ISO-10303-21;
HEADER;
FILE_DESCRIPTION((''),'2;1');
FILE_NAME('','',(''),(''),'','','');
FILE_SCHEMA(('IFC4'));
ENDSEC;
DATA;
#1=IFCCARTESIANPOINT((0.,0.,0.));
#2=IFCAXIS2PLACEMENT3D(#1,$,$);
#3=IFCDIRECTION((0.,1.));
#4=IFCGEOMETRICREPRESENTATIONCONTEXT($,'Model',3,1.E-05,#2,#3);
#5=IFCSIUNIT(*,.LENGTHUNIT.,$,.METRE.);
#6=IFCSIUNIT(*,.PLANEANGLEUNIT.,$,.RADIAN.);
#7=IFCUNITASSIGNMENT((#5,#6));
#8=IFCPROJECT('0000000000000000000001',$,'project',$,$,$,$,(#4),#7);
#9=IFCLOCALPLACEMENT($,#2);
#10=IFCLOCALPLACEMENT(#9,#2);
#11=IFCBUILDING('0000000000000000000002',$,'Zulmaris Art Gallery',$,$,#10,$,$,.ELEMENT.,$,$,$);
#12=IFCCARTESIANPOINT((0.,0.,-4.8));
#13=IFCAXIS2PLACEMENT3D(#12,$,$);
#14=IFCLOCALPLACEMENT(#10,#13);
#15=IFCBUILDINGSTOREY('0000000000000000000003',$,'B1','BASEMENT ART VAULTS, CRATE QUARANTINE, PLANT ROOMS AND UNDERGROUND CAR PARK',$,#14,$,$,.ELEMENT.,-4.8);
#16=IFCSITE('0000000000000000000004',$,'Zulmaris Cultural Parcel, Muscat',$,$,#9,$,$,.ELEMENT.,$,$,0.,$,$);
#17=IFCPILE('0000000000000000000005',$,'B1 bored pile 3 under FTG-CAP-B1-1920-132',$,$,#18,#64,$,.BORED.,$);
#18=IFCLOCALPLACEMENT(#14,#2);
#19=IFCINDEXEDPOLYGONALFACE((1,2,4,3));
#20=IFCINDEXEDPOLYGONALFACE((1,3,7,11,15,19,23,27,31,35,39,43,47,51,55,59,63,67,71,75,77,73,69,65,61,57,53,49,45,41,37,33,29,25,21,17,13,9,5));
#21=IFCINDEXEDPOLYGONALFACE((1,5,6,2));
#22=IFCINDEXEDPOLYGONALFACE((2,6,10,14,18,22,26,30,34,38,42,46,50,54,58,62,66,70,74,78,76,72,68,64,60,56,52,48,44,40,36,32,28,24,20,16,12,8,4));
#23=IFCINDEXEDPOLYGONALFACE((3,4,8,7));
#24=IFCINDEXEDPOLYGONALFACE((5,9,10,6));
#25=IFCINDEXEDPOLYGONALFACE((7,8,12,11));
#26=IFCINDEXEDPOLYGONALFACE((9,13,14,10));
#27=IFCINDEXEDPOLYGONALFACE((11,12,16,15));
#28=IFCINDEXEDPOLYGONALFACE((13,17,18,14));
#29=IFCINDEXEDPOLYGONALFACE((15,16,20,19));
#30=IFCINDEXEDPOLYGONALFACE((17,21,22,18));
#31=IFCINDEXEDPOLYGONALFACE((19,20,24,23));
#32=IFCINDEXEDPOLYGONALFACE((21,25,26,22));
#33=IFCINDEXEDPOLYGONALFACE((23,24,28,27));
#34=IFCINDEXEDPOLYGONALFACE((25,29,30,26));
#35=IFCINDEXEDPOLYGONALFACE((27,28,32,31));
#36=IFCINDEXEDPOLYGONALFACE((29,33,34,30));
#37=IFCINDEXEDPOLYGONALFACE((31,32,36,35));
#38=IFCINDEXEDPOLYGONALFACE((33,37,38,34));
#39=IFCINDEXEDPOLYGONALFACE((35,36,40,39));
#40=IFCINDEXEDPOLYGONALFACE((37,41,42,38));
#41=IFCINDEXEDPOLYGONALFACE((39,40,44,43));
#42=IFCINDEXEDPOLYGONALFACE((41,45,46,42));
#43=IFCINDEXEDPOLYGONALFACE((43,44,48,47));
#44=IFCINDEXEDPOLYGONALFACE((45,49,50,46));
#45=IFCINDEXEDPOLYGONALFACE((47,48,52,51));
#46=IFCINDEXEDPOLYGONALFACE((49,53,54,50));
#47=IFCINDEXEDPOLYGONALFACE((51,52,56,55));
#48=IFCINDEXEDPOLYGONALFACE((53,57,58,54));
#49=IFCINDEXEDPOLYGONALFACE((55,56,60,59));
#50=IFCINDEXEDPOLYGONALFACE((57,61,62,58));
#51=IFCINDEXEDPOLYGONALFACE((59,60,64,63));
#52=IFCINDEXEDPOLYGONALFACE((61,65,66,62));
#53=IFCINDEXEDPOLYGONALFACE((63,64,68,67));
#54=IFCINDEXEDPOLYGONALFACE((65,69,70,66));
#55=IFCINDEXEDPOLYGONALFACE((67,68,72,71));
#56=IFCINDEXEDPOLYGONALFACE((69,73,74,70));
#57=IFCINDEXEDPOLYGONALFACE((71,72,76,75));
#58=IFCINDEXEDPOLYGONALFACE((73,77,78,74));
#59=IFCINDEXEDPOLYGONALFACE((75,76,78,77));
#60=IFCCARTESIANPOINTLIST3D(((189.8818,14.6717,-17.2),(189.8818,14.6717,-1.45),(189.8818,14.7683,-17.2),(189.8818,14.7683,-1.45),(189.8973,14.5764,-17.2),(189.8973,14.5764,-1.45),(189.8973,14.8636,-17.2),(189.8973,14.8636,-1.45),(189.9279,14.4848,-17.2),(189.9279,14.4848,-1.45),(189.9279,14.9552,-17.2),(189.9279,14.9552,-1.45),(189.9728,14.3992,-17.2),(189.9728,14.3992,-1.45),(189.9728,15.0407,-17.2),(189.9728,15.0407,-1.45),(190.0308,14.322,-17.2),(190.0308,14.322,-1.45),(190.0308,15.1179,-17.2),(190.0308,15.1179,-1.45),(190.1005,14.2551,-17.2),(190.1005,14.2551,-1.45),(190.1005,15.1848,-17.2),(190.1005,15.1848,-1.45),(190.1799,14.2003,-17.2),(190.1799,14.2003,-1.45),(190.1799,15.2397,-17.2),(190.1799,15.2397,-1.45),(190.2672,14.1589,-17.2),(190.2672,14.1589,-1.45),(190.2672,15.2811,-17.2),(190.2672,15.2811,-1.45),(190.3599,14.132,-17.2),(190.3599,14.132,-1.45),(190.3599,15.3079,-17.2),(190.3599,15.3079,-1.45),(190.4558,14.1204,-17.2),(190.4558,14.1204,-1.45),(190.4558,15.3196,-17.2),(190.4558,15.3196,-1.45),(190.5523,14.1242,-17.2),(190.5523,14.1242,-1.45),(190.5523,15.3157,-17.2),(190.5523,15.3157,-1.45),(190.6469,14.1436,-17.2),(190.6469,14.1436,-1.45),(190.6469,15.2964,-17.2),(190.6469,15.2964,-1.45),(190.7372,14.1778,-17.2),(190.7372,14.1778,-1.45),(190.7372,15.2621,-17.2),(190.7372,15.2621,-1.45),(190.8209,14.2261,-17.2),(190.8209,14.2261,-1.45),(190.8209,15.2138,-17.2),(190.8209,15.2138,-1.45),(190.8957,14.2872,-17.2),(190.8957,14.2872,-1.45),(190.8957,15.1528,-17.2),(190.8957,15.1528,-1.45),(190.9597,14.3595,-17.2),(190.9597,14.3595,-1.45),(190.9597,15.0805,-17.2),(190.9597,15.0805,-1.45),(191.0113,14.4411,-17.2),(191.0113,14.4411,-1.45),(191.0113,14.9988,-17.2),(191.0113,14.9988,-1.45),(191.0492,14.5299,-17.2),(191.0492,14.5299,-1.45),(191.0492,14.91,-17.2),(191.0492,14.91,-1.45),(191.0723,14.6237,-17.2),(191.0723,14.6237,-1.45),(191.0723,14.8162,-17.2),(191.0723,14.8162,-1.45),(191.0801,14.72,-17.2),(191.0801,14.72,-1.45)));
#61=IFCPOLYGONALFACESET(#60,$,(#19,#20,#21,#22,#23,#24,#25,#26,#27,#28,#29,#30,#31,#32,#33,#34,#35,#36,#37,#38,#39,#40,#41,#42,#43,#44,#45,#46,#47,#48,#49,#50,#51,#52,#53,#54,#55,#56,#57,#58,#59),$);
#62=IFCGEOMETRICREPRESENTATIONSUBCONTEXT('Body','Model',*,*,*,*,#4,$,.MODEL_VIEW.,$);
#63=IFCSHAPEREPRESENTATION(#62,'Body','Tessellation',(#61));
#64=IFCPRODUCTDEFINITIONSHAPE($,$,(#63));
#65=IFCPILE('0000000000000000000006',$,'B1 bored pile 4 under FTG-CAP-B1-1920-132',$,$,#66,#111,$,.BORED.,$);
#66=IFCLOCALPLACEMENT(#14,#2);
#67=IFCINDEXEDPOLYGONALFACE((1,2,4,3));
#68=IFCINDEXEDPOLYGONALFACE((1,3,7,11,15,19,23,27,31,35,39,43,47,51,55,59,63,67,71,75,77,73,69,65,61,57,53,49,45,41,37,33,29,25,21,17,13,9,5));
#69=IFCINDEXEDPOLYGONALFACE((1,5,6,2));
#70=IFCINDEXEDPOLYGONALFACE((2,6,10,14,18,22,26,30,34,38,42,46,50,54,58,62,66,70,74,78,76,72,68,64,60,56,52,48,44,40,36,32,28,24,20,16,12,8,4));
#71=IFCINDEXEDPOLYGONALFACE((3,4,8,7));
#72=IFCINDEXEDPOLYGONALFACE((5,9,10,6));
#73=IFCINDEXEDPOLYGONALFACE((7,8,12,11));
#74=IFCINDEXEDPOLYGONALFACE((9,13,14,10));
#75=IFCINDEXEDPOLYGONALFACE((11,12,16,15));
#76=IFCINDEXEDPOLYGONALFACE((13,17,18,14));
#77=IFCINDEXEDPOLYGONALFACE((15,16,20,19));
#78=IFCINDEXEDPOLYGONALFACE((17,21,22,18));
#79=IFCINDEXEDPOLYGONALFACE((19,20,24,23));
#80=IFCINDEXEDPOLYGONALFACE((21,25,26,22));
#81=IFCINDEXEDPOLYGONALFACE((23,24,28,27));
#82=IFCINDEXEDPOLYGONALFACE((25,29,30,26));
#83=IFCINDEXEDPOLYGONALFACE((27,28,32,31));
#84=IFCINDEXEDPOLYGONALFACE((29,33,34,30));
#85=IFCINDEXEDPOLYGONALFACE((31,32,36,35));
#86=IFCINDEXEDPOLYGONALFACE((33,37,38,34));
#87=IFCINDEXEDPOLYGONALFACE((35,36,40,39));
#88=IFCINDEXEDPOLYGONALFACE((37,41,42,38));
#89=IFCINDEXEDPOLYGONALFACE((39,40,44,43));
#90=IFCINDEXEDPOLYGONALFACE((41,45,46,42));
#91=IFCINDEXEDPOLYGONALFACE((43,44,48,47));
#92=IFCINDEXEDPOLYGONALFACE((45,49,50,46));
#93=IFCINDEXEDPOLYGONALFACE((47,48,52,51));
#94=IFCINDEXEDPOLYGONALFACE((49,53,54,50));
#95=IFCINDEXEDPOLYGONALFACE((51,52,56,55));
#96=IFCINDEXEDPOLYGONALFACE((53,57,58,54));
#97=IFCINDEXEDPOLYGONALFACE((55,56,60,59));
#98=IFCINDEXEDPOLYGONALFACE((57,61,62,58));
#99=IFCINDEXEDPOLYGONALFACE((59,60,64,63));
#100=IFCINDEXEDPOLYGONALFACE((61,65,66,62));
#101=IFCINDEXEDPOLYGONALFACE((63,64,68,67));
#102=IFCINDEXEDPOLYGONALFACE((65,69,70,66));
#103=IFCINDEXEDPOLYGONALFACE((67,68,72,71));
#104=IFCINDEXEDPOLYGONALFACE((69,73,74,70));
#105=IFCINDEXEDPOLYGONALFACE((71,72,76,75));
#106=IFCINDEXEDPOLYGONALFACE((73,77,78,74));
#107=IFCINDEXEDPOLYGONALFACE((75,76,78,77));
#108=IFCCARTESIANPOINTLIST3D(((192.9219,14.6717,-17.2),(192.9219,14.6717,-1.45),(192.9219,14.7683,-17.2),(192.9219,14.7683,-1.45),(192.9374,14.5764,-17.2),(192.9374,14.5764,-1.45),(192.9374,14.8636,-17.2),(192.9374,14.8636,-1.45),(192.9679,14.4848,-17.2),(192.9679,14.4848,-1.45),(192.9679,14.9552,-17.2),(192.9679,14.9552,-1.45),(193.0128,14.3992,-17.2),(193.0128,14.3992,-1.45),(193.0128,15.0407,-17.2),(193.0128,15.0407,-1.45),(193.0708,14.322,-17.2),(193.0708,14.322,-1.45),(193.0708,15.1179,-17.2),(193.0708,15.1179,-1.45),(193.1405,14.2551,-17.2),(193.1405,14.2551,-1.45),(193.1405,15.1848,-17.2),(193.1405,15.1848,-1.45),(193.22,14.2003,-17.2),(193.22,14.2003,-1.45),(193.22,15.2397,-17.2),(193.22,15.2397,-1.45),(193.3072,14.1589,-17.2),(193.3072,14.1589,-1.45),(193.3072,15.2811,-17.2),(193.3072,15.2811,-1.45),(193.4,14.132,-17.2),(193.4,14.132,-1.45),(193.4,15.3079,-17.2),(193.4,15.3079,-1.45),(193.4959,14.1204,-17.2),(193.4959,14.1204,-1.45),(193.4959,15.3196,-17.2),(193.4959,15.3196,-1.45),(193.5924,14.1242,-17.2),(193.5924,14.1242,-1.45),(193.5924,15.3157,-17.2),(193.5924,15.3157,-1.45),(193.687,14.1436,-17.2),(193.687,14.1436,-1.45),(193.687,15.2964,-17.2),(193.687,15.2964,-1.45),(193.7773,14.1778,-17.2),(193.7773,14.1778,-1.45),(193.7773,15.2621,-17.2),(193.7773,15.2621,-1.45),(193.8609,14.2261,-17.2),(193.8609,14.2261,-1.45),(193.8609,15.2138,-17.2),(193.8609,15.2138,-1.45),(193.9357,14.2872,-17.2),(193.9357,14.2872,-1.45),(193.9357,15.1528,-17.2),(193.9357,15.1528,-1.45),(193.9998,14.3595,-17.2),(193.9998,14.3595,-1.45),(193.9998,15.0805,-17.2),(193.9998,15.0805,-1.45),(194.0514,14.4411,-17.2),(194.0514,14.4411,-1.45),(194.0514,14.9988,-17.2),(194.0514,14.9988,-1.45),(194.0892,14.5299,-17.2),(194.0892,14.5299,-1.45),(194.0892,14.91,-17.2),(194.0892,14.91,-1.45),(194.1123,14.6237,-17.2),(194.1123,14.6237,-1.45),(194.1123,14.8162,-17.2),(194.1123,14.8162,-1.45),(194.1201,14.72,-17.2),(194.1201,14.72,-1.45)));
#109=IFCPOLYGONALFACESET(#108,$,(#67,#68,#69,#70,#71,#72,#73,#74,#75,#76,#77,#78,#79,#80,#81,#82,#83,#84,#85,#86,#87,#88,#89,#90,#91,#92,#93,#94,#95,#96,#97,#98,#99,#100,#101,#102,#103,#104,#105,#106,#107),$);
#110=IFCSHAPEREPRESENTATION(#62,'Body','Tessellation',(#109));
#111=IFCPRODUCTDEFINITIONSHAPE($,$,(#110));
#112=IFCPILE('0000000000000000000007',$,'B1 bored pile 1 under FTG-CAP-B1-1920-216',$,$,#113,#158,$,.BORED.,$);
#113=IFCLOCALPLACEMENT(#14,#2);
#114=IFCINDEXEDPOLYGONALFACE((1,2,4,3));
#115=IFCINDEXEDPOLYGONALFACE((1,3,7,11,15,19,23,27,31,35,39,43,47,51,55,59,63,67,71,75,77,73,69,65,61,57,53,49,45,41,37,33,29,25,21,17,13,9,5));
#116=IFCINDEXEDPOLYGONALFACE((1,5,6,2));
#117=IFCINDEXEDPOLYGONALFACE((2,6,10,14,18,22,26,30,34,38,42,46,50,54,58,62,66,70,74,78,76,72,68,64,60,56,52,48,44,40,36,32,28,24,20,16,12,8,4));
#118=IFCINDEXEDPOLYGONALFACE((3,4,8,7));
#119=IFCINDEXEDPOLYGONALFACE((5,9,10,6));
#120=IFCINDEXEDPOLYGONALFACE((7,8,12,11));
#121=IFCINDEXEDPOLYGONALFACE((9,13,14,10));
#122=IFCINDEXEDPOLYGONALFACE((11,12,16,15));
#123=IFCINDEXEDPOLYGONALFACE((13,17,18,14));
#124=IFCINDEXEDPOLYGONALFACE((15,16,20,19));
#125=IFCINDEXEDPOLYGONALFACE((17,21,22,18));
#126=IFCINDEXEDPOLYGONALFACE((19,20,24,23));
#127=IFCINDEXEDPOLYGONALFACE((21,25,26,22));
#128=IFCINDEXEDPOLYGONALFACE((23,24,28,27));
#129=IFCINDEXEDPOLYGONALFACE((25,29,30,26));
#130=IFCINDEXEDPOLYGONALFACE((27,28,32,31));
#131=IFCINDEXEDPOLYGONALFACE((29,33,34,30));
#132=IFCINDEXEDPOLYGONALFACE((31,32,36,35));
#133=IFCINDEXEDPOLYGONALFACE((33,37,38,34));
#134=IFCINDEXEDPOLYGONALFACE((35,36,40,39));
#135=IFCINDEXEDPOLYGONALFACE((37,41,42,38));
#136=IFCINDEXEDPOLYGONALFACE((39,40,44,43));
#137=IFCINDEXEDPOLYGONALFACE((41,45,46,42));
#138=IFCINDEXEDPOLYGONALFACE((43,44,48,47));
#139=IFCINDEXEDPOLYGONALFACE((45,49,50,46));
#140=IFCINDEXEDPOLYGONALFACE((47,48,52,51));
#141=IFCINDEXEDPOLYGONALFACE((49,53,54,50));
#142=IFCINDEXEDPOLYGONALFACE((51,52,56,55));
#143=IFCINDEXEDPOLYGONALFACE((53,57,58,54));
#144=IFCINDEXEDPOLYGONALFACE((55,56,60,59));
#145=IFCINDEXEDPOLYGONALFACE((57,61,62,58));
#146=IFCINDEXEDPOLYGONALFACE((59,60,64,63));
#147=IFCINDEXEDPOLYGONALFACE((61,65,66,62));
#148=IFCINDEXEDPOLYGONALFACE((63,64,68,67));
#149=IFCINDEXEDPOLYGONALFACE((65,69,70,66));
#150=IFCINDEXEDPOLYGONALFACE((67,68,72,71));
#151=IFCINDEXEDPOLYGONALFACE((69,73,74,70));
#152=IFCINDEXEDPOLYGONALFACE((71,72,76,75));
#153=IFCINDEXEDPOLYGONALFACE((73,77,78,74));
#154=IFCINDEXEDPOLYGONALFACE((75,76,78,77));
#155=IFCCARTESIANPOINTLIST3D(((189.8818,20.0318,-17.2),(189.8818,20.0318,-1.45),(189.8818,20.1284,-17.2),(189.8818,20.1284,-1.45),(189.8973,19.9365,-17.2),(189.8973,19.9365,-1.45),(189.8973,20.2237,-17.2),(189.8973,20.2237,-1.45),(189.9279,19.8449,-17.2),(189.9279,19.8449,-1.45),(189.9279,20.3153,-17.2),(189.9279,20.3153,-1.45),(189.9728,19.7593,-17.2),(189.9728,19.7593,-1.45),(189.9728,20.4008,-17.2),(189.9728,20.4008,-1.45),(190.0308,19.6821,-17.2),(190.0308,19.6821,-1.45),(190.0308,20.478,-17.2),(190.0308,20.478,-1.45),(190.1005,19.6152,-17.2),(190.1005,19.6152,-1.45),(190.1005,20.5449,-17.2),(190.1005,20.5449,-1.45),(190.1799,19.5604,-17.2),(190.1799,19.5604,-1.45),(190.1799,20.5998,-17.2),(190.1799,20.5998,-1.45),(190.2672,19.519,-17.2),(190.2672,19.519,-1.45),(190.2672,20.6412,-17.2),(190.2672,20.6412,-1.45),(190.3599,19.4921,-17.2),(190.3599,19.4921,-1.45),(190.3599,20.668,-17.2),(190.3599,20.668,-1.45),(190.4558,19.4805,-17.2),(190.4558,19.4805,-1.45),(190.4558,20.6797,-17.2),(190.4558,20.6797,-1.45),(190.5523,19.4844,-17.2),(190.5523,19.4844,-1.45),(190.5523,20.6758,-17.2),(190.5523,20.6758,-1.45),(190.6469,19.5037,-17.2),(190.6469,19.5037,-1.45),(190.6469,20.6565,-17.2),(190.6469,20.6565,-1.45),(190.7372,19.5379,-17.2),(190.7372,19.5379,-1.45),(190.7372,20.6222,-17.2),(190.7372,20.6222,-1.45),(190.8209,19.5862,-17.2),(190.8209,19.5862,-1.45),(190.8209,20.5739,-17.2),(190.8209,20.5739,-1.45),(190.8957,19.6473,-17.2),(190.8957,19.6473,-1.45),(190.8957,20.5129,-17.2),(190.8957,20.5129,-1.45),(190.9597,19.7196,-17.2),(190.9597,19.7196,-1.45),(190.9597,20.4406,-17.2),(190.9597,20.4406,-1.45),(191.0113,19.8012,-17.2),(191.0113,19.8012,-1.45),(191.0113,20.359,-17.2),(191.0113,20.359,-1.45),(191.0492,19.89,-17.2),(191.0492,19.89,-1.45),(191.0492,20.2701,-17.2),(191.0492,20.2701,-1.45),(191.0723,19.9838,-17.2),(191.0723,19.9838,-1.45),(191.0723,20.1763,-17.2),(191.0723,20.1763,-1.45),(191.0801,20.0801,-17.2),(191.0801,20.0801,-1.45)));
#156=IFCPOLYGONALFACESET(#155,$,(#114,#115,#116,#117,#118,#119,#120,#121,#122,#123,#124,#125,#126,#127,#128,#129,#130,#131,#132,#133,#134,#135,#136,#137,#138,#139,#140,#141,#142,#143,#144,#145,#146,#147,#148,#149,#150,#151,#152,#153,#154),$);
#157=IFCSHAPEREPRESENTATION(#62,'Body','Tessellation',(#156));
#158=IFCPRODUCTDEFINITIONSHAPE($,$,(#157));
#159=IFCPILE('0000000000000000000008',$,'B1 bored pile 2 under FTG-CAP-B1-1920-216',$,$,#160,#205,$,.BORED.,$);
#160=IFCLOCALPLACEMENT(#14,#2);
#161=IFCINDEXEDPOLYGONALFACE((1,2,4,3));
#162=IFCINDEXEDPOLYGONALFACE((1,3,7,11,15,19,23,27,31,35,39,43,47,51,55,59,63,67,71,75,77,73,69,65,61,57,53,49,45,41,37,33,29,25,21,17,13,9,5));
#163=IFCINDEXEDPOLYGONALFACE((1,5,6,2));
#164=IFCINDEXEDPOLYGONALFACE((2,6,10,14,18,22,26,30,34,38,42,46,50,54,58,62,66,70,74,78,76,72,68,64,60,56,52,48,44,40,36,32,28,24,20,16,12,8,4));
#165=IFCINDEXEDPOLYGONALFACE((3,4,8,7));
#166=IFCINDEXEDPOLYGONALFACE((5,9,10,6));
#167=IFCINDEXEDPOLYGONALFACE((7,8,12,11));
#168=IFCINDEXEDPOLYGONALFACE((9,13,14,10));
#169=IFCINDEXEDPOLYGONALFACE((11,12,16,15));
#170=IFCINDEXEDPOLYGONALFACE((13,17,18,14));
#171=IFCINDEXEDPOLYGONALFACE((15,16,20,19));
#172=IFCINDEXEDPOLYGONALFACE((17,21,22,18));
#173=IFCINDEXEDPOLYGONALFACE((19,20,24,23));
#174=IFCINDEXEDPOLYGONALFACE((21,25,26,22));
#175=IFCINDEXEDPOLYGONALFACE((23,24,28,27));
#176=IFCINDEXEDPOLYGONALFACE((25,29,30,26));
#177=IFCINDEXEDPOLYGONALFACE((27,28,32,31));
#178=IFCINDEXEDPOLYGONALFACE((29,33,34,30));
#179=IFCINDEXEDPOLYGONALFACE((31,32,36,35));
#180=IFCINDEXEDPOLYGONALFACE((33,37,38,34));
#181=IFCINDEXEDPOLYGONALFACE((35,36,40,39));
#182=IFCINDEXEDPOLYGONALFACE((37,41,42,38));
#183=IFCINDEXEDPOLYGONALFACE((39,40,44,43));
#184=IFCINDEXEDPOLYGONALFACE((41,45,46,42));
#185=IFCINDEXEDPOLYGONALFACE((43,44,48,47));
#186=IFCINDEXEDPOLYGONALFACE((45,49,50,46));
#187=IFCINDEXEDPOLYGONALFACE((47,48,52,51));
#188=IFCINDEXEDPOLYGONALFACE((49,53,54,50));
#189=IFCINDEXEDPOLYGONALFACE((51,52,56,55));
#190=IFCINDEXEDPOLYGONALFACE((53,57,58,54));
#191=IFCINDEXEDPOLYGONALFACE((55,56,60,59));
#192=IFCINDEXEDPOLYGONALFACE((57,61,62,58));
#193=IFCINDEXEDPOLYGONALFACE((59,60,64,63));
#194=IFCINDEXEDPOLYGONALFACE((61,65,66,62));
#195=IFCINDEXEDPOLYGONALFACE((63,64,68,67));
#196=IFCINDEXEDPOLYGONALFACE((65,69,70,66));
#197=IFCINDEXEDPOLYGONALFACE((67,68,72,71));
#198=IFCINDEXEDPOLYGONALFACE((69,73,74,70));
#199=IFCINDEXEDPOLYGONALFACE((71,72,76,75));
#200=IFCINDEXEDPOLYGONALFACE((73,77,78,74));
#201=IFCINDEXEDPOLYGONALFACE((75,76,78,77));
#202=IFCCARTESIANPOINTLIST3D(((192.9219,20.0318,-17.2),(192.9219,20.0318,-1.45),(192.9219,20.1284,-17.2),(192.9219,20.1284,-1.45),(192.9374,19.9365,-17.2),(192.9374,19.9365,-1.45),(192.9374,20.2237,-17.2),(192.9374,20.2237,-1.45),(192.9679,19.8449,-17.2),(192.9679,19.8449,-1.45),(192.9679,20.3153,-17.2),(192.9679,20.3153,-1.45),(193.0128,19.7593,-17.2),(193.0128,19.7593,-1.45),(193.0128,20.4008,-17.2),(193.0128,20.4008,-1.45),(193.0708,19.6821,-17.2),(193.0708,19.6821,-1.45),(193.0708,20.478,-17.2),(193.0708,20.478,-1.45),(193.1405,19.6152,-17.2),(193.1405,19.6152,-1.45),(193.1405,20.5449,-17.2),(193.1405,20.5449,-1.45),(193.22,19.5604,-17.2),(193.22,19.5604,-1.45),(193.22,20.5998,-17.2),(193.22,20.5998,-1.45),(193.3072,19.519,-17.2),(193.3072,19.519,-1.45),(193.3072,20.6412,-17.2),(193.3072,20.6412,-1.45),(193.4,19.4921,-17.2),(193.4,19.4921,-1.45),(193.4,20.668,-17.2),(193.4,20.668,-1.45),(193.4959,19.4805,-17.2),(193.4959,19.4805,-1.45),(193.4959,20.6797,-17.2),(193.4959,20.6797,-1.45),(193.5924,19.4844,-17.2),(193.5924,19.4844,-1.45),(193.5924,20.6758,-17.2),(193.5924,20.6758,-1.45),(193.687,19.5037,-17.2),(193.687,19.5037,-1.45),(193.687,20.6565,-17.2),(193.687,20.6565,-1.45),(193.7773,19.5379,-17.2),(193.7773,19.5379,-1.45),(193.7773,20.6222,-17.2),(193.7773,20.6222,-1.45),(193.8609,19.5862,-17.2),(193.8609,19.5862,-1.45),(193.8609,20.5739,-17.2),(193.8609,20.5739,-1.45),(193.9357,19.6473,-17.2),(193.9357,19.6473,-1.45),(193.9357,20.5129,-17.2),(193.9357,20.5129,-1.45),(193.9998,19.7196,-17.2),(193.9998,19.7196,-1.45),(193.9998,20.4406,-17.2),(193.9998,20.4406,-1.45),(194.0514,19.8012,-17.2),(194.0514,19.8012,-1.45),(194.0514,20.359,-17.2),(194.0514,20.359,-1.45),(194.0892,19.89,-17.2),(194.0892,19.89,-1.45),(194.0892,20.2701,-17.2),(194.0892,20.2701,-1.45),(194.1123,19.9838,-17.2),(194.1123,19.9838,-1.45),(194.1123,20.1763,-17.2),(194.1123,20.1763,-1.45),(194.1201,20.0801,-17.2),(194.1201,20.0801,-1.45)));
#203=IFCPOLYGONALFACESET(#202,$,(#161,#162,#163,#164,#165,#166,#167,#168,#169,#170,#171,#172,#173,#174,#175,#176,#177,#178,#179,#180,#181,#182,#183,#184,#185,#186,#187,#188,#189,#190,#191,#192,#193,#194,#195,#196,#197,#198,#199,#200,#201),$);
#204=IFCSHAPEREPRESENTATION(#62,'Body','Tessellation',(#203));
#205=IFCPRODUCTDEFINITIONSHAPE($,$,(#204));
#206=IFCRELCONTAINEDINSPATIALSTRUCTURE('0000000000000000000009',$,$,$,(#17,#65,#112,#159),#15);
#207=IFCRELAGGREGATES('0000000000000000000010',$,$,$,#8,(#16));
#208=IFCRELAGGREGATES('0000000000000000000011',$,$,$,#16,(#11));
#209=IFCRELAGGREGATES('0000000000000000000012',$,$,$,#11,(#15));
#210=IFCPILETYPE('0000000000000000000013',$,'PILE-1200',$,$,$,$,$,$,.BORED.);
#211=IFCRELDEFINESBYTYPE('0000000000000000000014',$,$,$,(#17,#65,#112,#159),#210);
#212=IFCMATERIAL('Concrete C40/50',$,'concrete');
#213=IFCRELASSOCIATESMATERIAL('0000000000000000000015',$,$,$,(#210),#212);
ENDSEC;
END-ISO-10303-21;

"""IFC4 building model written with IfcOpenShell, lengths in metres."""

from ifc_helpers import new_model, si_unit, direction, frame, origin, origin_2d, place, context, subcontext, project, spatial, circle, extrude, material, material_profile, profile_set, type_object, element, save


model = new_model("IFC4")

# Units and contexts
model_context = context("Model", 3, precision=1e-05, world=origin(), true_north=direction((0.0, 1.0)))
body_context = subcontext(model_context, "Body", "Model", "MODEL_VIEW")
ifc_project = project(units=[si_unit("LENGTHUNIT", "METRE"), si_unit("PLANEANGLEUNIT", "RADIAN")], contexts=[model_context])

# Site, building, storey
site_placement = place(None, origin())
site = spatial("IfcSite", under=ifc_project, at=site_placement, Name="Zulmaris Cultural Parcel, Muscat", CompositionType="ELEMENT", RefElevation=0.0)
building_placement = place(site_placement, origin())
building = spatial("IfcBuilding", under=site, at=building_placement, Name="Zulmaris Art Gallery", CompositionType="ELEMENT")
storey_placement = place(building_placement, frame((0.0, 0.0, -4.8)))
storey = spatial("IfcBuildingStorey", under=building, at=storey_placement, Name="B1", Description="BASEMENT ART VAULTS, CRATE QUARANTINE, PLANT ROOMS AND UNDERGROUND CAR PARK", CompositionType="ELEMENT", Elevation=-4.8)

# Piles
ifc_material_1 = material(Name="Concrete C40/50", Category="concrete")
ifc_material_profile_1 = material_profile(ifc_material_1, circle(Radius=0.6001, at=origin_2d()), Name="PILE DIA 1200")
ifc_profile_set_1 = profile_set([ifc_material_profile_1], Name="Concrete C40/50")
pile_type = type_object("IfcPileType", Name="PILE-1200", PredefinedType="BORED", material=ifc_profile_set_1)
for number, where, z_axis, x_axis, name in (
    (1, (190.48, 14.72, -1.45), (0.0, 0.0, -1.0), (1.0, 0.0, 0.0), "B1 bored pile 3 under FTG-CAP-B1-1920-132"),
    (2, (193.52, 14.72, -1.45), (0.0, 0.0, -1.0), (1.0, 0.0, 0.0), "B1 bored pile 4 under FTG-CAP-B1-1920-132"),
    (3, (190.48, 20.0801, -1.45), (0.0, 0.0, -1.0), (1.0, 0.0, 0.0), "B1 bored pile 1 under FTG-CAP-B1-1920-216"),
    (4, (193.52, 20.0801, -1.45), (0.0, 0.0, -1.0), (1.0, 0.0, 0.0), "B1 bored pile 2 under FTG-CAP-B1-1920-216"),
):
    element("IfcPile", number, at=place(storey_placement, frame(where, z_axis=z_axis, x_axis=x_axis)), inside=storey, type_object=pile_type, Name=name, PredefinedType="BORED", context=body_context, shape_type="SweptSolid", body=[
        extrude(circle(Radius=0.6001, at=origin_2d()), origin(), (0.0, 0.0, 1.0), 15.75),
    ])

save(model, "model.ifc")
